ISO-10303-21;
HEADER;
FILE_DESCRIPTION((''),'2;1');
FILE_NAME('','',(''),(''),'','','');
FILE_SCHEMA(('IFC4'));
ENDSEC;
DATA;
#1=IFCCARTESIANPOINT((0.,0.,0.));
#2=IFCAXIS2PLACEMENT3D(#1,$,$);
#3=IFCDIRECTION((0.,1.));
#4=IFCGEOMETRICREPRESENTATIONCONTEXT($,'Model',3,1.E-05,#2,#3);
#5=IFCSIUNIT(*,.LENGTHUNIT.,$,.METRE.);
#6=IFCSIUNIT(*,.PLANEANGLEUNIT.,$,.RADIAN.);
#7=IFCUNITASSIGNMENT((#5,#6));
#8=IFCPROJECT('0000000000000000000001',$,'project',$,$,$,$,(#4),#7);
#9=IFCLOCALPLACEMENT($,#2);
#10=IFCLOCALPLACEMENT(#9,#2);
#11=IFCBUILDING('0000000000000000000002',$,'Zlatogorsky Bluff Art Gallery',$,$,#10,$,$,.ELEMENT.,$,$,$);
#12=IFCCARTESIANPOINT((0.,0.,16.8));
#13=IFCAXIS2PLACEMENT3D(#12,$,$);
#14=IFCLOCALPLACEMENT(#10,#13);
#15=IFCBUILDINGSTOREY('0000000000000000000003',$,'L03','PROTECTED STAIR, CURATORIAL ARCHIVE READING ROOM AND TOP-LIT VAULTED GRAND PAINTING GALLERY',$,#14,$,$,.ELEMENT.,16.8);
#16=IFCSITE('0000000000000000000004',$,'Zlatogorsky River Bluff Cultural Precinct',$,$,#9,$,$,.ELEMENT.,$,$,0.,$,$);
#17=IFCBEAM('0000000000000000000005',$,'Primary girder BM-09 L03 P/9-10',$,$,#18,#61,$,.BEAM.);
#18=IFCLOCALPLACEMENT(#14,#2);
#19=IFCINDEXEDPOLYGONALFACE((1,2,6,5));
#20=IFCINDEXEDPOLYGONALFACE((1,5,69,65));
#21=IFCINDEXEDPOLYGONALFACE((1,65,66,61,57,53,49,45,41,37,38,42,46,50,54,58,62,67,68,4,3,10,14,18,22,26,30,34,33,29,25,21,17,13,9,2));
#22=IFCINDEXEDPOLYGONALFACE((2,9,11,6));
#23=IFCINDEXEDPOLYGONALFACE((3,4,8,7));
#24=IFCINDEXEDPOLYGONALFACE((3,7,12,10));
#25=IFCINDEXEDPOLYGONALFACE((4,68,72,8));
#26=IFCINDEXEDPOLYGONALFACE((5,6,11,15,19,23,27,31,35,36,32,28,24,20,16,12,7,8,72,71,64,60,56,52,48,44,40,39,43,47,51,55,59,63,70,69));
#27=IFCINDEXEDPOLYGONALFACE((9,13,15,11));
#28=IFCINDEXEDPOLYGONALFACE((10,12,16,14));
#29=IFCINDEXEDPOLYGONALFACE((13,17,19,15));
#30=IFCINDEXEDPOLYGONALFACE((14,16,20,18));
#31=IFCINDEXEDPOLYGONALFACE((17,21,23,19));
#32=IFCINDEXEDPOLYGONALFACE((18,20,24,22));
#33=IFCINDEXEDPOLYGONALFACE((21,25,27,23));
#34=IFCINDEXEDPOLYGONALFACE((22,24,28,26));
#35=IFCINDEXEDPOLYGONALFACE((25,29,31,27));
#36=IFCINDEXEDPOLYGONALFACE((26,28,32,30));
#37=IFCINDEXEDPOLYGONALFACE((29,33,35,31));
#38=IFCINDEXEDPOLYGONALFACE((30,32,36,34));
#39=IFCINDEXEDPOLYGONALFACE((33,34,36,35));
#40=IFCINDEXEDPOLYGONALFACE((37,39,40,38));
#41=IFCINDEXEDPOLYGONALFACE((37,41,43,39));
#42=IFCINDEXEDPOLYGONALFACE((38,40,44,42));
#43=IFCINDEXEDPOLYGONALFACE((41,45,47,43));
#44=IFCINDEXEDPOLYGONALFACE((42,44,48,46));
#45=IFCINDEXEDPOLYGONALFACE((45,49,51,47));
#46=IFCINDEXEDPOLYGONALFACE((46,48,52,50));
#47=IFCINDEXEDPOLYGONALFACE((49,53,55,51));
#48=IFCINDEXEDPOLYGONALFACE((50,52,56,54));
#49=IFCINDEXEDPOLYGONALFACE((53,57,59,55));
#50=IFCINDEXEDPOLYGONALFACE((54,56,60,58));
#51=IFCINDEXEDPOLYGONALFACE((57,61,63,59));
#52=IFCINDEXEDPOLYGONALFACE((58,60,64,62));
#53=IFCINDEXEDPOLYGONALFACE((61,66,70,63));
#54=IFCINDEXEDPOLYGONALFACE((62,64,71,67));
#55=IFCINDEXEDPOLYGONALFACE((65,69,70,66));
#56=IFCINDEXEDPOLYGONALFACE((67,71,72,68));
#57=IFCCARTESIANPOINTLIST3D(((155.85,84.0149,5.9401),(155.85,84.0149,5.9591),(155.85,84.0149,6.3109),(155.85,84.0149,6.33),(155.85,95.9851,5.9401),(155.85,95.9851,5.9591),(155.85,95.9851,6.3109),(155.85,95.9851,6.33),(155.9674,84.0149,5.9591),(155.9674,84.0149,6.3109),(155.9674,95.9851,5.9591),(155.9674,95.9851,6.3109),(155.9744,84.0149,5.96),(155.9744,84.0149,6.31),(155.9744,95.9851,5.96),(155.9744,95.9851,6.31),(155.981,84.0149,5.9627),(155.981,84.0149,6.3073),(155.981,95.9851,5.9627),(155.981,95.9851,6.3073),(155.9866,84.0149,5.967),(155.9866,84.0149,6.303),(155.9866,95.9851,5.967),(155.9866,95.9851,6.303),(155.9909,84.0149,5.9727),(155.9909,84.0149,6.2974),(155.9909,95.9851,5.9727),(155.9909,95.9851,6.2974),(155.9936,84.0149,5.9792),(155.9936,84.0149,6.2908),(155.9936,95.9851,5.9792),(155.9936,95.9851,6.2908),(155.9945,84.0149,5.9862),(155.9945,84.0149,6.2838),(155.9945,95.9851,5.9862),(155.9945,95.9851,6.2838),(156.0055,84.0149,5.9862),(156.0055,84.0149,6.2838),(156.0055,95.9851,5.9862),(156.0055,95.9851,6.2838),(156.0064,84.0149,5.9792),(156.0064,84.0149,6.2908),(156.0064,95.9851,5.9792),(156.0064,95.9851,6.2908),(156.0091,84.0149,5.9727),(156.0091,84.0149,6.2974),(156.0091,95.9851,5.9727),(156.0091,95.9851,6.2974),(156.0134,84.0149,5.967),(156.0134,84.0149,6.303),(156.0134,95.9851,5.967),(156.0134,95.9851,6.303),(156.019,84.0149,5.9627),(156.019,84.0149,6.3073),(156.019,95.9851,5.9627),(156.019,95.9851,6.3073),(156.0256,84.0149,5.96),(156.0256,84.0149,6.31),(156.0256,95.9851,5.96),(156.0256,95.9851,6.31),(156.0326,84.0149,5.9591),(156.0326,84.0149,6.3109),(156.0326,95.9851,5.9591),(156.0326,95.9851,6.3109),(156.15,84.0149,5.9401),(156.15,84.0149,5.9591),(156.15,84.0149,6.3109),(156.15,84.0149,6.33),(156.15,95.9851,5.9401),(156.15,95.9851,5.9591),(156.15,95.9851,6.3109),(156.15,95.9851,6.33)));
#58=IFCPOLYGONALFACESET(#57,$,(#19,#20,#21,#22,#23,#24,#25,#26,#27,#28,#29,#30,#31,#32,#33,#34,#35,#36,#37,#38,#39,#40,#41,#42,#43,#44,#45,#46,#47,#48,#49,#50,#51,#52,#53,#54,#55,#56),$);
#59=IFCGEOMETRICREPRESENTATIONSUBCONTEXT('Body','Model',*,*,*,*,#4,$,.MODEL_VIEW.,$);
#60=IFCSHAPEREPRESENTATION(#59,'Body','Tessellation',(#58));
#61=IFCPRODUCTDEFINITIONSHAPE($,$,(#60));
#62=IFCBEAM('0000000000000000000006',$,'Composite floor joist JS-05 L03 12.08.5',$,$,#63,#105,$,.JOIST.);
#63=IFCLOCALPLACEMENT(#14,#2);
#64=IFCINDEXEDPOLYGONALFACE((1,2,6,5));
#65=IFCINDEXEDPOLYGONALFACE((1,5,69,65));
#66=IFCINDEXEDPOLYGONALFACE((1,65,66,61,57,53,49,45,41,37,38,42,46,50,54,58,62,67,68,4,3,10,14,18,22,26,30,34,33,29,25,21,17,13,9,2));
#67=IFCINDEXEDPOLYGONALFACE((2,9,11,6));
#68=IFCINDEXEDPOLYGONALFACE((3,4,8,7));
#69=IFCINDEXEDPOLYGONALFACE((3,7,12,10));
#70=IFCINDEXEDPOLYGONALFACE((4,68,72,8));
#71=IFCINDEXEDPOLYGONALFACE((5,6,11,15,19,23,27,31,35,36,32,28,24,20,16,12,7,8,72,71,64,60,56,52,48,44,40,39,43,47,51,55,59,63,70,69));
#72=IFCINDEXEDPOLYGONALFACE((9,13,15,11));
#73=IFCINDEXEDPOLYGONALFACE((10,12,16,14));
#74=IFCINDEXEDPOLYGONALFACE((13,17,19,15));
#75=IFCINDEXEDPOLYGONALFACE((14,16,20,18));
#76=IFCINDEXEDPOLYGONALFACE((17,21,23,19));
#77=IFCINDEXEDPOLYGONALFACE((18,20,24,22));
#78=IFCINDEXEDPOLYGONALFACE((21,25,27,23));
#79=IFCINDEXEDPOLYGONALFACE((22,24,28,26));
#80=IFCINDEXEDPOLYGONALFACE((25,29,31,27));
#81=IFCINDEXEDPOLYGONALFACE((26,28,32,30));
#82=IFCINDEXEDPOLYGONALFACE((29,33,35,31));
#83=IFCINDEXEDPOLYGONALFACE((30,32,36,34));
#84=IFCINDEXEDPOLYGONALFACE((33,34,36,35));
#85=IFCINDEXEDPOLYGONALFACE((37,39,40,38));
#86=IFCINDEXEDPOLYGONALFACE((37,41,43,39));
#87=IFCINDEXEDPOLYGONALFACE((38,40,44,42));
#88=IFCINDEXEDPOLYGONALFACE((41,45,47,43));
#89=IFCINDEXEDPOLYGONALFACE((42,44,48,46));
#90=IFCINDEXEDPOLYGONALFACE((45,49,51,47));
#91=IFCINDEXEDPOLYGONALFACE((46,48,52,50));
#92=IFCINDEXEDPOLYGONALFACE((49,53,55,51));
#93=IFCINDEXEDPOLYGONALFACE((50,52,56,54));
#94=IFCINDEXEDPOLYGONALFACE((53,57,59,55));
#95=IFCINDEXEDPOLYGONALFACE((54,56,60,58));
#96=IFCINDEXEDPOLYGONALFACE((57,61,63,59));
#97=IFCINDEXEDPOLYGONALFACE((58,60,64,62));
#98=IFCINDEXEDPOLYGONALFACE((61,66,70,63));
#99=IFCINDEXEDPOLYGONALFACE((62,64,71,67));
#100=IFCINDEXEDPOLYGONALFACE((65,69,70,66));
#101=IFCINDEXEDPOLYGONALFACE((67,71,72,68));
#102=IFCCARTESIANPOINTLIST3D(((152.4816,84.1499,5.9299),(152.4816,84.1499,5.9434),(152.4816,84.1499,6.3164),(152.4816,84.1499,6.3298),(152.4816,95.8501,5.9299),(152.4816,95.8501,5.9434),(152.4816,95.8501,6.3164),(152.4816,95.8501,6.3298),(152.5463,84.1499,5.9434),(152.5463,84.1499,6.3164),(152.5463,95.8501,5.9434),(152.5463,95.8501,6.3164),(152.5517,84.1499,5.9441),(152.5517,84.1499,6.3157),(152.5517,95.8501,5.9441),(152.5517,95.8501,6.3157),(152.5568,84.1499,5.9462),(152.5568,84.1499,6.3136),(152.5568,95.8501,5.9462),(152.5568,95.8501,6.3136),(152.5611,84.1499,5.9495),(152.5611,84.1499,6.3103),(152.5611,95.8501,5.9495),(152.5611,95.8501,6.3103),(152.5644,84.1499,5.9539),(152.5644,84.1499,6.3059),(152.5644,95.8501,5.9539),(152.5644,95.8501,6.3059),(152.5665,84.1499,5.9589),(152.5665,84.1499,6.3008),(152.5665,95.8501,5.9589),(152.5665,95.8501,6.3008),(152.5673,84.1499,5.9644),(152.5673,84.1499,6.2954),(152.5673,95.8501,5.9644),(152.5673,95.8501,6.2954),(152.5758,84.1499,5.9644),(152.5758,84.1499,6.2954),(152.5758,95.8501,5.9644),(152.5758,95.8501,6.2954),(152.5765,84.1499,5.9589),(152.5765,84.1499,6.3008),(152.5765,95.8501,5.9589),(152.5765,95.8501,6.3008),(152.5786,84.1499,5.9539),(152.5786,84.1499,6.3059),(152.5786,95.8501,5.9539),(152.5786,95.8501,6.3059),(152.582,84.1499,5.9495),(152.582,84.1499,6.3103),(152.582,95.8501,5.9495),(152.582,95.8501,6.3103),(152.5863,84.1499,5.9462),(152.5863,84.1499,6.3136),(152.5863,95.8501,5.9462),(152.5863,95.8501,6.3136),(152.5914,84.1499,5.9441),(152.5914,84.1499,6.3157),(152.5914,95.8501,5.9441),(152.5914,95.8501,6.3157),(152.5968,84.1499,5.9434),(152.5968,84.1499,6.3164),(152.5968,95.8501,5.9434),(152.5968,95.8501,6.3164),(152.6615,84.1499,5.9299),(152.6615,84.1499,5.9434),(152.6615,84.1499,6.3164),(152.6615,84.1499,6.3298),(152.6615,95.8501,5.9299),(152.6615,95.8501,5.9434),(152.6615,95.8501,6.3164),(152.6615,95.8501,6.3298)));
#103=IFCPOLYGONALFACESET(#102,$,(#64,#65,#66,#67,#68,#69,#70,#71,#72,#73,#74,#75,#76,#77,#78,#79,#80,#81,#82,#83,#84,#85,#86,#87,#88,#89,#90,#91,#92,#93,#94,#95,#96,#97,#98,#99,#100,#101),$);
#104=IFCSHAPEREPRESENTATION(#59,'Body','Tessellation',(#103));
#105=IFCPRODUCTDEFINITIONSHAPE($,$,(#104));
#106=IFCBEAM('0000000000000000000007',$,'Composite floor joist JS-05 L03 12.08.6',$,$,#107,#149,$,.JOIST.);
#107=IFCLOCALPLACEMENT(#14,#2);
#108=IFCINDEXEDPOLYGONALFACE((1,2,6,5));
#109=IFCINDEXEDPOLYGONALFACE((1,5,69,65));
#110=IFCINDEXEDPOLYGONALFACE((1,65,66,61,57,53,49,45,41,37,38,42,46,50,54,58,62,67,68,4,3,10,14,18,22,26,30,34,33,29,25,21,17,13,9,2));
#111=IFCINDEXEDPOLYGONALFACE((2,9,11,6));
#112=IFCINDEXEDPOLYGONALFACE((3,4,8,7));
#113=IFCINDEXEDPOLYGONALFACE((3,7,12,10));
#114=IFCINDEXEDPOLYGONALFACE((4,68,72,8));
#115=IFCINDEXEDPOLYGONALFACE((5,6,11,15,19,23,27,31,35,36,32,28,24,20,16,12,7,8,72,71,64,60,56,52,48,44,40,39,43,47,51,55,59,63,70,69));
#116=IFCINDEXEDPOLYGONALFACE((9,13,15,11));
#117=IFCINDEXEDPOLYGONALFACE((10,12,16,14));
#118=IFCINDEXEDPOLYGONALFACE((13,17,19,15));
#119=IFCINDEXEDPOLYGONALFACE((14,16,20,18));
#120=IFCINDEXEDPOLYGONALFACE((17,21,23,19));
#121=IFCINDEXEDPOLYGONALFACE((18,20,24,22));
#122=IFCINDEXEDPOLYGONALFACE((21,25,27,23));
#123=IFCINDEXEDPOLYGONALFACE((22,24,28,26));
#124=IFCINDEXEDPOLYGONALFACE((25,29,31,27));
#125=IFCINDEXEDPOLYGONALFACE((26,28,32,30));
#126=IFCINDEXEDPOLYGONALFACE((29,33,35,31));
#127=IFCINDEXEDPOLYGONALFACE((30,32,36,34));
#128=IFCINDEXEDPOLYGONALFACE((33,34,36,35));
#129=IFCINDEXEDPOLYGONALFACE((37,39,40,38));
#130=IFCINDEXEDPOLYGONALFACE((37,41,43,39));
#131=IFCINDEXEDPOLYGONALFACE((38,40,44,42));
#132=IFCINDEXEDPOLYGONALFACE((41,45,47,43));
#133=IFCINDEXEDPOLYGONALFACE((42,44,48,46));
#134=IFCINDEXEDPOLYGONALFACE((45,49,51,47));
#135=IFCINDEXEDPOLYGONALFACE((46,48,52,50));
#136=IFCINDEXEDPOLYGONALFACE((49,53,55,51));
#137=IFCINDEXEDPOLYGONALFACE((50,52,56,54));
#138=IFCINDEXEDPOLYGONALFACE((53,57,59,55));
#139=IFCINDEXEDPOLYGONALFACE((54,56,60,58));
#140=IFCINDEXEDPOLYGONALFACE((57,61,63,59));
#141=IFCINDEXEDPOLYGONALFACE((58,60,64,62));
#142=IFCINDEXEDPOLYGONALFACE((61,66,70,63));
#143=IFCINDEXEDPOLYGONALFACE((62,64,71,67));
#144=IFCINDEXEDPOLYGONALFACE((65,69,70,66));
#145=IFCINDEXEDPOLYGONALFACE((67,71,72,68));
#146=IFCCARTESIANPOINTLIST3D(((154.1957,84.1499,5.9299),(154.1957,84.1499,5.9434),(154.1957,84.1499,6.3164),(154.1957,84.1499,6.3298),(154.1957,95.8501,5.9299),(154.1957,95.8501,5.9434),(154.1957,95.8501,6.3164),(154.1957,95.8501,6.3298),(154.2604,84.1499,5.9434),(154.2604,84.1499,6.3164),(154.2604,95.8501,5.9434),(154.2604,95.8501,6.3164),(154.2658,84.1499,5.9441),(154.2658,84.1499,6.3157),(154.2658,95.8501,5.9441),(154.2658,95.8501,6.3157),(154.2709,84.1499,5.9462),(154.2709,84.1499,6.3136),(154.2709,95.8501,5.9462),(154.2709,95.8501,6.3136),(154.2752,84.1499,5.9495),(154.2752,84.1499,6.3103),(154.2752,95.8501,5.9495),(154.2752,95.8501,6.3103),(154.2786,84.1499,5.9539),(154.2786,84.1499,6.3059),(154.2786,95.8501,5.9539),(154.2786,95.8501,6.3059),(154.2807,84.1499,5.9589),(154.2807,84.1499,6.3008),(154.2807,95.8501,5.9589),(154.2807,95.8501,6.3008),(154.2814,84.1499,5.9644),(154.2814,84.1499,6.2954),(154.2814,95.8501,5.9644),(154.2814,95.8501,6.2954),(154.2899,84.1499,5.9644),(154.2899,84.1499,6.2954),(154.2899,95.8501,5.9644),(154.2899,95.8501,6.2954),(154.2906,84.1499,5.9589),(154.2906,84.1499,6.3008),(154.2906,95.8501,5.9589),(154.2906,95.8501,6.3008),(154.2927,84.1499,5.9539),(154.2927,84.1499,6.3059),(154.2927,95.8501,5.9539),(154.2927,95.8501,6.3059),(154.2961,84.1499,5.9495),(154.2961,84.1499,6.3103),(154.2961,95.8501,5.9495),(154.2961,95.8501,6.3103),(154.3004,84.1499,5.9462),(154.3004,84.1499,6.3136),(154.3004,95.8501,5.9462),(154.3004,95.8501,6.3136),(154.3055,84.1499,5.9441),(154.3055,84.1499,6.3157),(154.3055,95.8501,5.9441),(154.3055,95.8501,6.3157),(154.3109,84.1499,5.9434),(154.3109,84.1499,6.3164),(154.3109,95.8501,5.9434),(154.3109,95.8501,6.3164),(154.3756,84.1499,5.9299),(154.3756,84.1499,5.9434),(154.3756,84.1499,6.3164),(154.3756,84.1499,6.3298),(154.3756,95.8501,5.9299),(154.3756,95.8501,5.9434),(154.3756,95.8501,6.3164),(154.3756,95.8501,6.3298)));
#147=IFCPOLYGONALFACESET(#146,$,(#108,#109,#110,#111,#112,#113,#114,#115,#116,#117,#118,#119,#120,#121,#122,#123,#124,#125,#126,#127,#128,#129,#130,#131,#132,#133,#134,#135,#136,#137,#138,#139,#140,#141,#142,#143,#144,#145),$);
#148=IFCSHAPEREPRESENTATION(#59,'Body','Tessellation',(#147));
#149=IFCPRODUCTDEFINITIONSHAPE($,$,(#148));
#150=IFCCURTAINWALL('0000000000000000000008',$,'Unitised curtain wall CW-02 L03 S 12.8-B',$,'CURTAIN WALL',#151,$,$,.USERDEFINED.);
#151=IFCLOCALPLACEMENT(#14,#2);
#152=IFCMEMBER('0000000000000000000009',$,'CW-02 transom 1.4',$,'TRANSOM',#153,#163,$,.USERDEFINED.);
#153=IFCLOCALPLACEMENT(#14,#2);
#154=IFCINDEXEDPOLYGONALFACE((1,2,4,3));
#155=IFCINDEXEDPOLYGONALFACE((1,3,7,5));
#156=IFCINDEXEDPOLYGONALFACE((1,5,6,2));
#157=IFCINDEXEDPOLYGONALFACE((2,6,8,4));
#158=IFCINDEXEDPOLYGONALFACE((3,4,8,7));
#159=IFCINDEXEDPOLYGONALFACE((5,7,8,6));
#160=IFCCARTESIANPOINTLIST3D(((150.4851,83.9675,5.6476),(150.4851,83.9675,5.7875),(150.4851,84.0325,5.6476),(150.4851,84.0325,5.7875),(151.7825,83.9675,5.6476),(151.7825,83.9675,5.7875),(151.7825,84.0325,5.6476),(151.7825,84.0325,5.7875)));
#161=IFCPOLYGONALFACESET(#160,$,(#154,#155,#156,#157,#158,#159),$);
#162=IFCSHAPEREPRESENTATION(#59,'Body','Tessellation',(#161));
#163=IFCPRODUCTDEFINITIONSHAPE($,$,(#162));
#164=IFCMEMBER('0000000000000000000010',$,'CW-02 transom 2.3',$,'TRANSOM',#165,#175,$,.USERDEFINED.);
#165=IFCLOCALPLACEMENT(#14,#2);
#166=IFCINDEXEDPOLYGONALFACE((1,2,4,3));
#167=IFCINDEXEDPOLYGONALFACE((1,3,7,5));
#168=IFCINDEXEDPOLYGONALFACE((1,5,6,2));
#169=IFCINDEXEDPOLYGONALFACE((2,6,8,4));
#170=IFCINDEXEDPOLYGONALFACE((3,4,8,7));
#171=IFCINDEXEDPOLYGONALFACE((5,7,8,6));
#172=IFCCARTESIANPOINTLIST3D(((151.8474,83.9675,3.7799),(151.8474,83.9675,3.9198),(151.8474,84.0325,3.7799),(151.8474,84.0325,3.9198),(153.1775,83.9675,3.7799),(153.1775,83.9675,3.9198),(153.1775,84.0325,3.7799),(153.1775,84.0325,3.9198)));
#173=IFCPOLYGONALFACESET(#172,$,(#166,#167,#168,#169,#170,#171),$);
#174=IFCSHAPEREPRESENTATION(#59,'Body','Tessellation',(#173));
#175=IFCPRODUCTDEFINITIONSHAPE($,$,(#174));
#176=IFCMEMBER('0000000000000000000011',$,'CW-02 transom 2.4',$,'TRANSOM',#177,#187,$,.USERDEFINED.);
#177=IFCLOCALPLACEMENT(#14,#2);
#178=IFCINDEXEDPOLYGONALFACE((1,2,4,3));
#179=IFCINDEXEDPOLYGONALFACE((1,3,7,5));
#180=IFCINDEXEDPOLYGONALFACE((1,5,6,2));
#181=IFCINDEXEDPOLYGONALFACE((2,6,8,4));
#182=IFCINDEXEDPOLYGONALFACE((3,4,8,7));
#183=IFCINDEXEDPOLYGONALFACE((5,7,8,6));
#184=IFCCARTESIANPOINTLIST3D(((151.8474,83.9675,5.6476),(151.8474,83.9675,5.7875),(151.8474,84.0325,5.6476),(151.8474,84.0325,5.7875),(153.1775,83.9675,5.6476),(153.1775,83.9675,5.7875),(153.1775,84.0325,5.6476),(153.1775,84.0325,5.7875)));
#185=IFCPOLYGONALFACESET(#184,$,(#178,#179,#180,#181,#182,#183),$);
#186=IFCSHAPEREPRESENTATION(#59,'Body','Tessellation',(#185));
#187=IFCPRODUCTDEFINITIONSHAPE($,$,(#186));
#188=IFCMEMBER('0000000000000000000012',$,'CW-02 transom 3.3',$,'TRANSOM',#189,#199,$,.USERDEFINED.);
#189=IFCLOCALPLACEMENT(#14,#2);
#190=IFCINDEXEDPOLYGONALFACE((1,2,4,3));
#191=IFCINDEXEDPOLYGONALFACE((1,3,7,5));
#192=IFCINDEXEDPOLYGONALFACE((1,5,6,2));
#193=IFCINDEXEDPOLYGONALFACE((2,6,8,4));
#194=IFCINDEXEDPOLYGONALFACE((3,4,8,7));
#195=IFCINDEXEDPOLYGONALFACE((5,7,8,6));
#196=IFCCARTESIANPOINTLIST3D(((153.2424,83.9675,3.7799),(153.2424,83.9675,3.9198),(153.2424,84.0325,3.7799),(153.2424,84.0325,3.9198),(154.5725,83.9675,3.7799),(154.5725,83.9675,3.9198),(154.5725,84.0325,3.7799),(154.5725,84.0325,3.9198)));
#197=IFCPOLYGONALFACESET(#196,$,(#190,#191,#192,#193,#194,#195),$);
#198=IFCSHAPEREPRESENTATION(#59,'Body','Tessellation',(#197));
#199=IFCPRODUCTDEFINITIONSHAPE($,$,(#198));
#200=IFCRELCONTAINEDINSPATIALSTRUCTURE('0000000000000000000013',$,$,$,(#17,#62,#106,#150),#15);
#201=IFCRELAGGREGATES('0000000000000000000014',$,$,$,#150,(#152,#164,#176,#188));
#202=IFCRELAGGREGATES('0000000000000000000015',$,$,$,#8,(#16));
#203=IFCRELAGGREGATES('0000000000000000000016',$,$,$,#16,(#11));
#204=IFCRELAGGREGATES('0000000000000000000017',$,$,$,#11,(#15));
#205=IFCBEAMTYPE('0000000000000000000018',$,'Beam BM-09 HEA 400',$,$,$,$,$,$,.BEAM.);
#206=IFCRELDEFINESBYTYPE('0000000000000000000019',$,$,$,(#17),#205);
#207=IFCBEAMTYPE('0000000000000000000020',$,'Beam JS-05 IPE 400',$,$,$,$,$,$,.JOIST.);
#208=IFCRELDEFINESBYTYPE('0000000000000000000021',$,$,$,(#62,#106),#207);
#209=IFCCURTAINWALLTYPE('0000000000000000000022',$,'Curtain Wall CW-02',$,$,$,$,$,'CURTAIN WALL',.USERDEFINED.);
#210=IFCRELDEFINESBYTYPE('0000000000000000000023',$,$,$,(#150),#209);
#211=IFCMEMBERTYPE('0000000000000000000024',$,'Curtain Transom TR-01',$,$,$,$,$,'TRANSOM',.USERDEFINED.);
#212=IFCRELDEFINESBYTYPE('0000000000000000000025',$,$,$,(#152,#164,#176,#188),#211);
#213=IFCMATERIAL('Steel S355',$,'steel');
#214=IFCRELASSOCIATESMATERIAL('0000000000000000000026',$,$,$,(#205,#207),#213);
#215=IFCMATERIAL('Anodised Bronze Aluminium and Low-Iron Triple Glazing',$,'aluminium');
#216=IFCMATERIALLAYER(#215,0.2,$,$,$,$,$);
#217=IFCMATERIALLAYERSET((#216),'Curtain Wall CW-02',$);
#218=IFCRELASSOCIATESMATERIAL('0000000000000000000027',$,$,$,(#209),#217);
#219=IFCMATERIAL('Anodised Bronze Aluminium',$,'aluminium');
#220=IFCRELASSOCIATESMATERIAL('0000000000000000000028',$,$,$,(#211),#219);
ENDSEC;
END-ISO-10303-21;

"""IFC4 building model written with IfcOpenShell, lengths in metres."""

from ifc_helpers import new_model, si_unit, direction, frame, origin, origin_2d, place, context, subcontext, project, spatial, rectangle, i_section, extrude, material, layer, layer_set, material_profile, profile_set, type_object, element, aggregate, save


model = new_model("IFC4")

# Units and contexts
model_context = context("Model", 3, precision=1e-05, world=origin(), true_north=direction((0.0, 1.0)))
body_context = subcontext(model_context, "Body", "Model", "MODEL_VIEW")
ifc_project = project(units=[si_unit("LENGTHUNIT", "METRE"), si_unit("PLANEANGLEUNIT", "RADIAN")], contexts=[model_context])

# Site, building, storey
site_placement = place(None, origin())
site = spatial("IfcSite", under=ifc_project, at=site_placement, Name="Zlatogorsky River Bluff Cultural Precinct", CompositionType="ELEMENT", RefElevation=0.0)
building_placement = place(site_placement, origin())
building = spatial("IfcBuilding", under=site, at=building_placement, Name="Zlatogorsky Bluff Art Gallery", CompositionType="ELEMENT")
storey_placement = place(building_placement, frame((0.0, 0.0, 16.8)))
storey = spatial("IfcBuildingStorey", under=building, at=storey_placement, Name="L03", Description="PROTECTED STAIR, CURATORIAL ARCHIVE READING ROOM AND TOP-LIT VAULTED GRAND PAINTING GALLERY", CompositionType="ELEMENT", Elevation=16.8)

# Beams
ifc_material_1 = material(Name="Steel S355", Category="steel")
ifc_material_profile_1 = material_profile(ifc_material_1, i_section(OverallWidth=0.3, OverallDepth=0.3899, WebThickness=0.011, FlangeThickness=0.019, FilletRadius=0.0271, at=origin_2d()), Name="HEA 400")
ifc_profile_set_1 = profile_set([ifc_material_profile_1], Name="Steel S355")
beam_type_1 = type_object("IfcBeamType", Name="Beam BM-09 HEA 400", PredefinedType="BEAM", material=ifc_profile_set_1)
beam_placement = place(storey_placement, frame((156.0, 84.0149, 6.135), z_axis=(0.0, 1.0, 0.0), x_axis=(-1.0, 0.0, 0.0)))
element("IfcBeam", 1, at=beam_placement, inside=storey, type_object=beam_type_1, Name="Primary girder BM-09 L03 P/9-10", PredefinedType="BEAM", context=body_context, shape_type="SweptSolid", body=[
    extrude(i_section(OverallWidth=0.3, OverallDepth=0.3899, WebThickness=0.011, FlangeThickness=0.019, FilletRadius=0.0271, at=origin_2d()), origin(), (0.0, 0.0, 1.0), 11.9702),
])
ifc_material_profile_2 = material_profile(ifc_material_1, i_section(OverallWidth=0.1799, OverallDepth=0.3999, WebThickness=0.0085, FlangeThickness=0.0134, FilletRadius=0.021, at=origin_2d()), Name="IPE 400")
ifc_profile_set_2 = profile_set([ifc_material_profile_2], Name="Steel S355")
beam_type_2 = type_object("IfcBeamType", Name="Beam JS-05 IPE 400", PredefinedType="JOIST", material=ifc_profile_set_2)
for number, where, z_axis, x_axis, name in (
    (2, (152.5715, 84.1499, 6.1299), (0.0, 1.0, 0.0), (-1.0, 0.0, 0.0), "Composite floor joist JS-05 L03 12.08.5"),
    (3, (154.2856, 84.1499, 6.1299), (0.0, 1.0, 0.0), (-1.0, 0.0, 0.0), "Composite floor joist JS-05 L03 12.08.6"),
):
    element("IfcBeam", number, at=place(storey_placement, frame(where, z_axis=z_axis, x_axis=x_axis)), inside=storey, type_object=beam_type_2, Name=name, PredefinedType="JOIST", context=body_context, shape_type="SweptSolid", body=[
        extrude(i_section(OverallWidth=0.1799, OverallDepth=0.3999, WebThickness=0.0085, FlangeThickness=0.0134, FilletRadius=0.021, at=origin_2d()), origin(), (0.0, 0.0, 1.0), 11.7002),
    ])

# Curtain wall, members
ifc_material_2 = material(Name="Anodised Bronze Aluminium and Low-Iron Triple Glazing", Category="aluminium")
ifc_layer_1 = layer(ifc_material_2, 0.2)
ifc_layer_set_1 = layer_set([ifc_layer_1], Name="Curtain Wall CW-02")
curtain_wall_type_1 = type_object("IfcCurtainWallType", Name="Curtain Wall CW-02", ElementType="CURTAIN WALL", PredefinedType="USERDEFINED", material=ifc_layer_set_1)
curtain_wall_1_placement = place(storey_placement, origin())
curtain_wall_1 = element("IfcCurtainWall", 4, at=curtain_wall_1_placement, inside=storey, type_object=curtain_wall_type_1, Name="Unitised curtain wall CW-02 L03 S 12.8-B", ObjectType="CURTAIN WALL", PredefinedType="USERDEFINED")
ifc_material_3 = material(Name="Anodised Bronze Aluminium", Category="aluminium")
ifc_material_profile_3 = material_profile(ifc_material_3, rectangle(XDim=0.0649, YDim=0.1399, at=origin_2d()), Name="ALU TRANSOM 65x140")
ifc_profile_set_3 = profile_set([ifc_material_profile_3], Name="Anodised Bronze Aluminium")
member_type = type_object("IfcMemberType", Name="Curtain Transom TR-01", ElementType="TRANSOM", PredefinedType="USERDEFINED", material=ifc_profile_set_3)
member_1_placement = place(storey_placement, frame((150.4851, 84.0, 5.7175), z_axis=(1.0, 0.0, 0.0), x_axis=(0.0, 1.0, 0.0)))
member_1 = element("IfcMember", 5, at=member_1_placement, type_object=member_type, Name="CW-02 transom 1.4", ObjectType="TRANSOM", PredefinedType="USERDEFINED", context=body_context, shape_type="SweptSolid", body=[
    extrude(rectangle(XDim=0.0649, YDim=0.1399, at=origin_2d()), origin(), (0.0, 0.0, 1.0), 1.2974),
])
member_2_placement = place(storey_placement, frame((151.8474, 84.0, 3.8499), z_axis=(1.0, 0.0, 0.0), x_axis=(0.0, 1.0, 0.0)))
member_2 = element("IfcMember", 6, at=member_2_placement, type_object=member_type, Name="CW-02 transom 2.3", ObjectType="TRANSOM", PredefinedType="USERDEFINED", context=body_context, shape_type="SweptSolid", body=[
    extrude(rectangle(XDim=0.0649, YDim=0.1399, at=origin_2d()), origin(), (0.0, 0.0, 1.0), 1.3301),
])
member_3_placement = place(storey_placement, frame((151.8474, 84.0, 5.7175), z_axis=(1.0, 0.0, 0.0), x_axis=(0.0, 1.0, 0.0)))
member_3 = element("IfcMember", 7, at=member_3_placement, type_object=member_type, Name="CW-02 transom 2.4", ObjectType="TRANSOM", PredefinedType="USERDEFINED", context=body_context, shape_type="SweptSolid", body=[
    extrude(rectangle(XDim=0.0649, YDim=0.1399, at=origin_2d()), origin(), (0.0, 0.0, 1.0), 1.3301),
])
member_4_placement = place(storey_placement, frame((153.2424, 84.0, 3.8499), z_axis=(1.0, 0.0, 0.0), x_axis=(0.0, 1.0, 0.0)))
member_4 = element("IfcMember", 8, at=member_4_placement, type_object=member_type, Name="CW-02 transom 3.3", ObjectType="TRANSOM", PredefinedType="USERDEFINED", context=body_context, shape_type="SweptSolid", body=[
    extrude(rectangle(XDim=0.0649, YDim=0.1399, at=origin_2d()), origin(), (0.0, 0.0, 1.0), 1.3301),
])

aggregate(curtain_wall_1, [member_1, member_2, member_3, member_4])

save(model, "model.ifc")
